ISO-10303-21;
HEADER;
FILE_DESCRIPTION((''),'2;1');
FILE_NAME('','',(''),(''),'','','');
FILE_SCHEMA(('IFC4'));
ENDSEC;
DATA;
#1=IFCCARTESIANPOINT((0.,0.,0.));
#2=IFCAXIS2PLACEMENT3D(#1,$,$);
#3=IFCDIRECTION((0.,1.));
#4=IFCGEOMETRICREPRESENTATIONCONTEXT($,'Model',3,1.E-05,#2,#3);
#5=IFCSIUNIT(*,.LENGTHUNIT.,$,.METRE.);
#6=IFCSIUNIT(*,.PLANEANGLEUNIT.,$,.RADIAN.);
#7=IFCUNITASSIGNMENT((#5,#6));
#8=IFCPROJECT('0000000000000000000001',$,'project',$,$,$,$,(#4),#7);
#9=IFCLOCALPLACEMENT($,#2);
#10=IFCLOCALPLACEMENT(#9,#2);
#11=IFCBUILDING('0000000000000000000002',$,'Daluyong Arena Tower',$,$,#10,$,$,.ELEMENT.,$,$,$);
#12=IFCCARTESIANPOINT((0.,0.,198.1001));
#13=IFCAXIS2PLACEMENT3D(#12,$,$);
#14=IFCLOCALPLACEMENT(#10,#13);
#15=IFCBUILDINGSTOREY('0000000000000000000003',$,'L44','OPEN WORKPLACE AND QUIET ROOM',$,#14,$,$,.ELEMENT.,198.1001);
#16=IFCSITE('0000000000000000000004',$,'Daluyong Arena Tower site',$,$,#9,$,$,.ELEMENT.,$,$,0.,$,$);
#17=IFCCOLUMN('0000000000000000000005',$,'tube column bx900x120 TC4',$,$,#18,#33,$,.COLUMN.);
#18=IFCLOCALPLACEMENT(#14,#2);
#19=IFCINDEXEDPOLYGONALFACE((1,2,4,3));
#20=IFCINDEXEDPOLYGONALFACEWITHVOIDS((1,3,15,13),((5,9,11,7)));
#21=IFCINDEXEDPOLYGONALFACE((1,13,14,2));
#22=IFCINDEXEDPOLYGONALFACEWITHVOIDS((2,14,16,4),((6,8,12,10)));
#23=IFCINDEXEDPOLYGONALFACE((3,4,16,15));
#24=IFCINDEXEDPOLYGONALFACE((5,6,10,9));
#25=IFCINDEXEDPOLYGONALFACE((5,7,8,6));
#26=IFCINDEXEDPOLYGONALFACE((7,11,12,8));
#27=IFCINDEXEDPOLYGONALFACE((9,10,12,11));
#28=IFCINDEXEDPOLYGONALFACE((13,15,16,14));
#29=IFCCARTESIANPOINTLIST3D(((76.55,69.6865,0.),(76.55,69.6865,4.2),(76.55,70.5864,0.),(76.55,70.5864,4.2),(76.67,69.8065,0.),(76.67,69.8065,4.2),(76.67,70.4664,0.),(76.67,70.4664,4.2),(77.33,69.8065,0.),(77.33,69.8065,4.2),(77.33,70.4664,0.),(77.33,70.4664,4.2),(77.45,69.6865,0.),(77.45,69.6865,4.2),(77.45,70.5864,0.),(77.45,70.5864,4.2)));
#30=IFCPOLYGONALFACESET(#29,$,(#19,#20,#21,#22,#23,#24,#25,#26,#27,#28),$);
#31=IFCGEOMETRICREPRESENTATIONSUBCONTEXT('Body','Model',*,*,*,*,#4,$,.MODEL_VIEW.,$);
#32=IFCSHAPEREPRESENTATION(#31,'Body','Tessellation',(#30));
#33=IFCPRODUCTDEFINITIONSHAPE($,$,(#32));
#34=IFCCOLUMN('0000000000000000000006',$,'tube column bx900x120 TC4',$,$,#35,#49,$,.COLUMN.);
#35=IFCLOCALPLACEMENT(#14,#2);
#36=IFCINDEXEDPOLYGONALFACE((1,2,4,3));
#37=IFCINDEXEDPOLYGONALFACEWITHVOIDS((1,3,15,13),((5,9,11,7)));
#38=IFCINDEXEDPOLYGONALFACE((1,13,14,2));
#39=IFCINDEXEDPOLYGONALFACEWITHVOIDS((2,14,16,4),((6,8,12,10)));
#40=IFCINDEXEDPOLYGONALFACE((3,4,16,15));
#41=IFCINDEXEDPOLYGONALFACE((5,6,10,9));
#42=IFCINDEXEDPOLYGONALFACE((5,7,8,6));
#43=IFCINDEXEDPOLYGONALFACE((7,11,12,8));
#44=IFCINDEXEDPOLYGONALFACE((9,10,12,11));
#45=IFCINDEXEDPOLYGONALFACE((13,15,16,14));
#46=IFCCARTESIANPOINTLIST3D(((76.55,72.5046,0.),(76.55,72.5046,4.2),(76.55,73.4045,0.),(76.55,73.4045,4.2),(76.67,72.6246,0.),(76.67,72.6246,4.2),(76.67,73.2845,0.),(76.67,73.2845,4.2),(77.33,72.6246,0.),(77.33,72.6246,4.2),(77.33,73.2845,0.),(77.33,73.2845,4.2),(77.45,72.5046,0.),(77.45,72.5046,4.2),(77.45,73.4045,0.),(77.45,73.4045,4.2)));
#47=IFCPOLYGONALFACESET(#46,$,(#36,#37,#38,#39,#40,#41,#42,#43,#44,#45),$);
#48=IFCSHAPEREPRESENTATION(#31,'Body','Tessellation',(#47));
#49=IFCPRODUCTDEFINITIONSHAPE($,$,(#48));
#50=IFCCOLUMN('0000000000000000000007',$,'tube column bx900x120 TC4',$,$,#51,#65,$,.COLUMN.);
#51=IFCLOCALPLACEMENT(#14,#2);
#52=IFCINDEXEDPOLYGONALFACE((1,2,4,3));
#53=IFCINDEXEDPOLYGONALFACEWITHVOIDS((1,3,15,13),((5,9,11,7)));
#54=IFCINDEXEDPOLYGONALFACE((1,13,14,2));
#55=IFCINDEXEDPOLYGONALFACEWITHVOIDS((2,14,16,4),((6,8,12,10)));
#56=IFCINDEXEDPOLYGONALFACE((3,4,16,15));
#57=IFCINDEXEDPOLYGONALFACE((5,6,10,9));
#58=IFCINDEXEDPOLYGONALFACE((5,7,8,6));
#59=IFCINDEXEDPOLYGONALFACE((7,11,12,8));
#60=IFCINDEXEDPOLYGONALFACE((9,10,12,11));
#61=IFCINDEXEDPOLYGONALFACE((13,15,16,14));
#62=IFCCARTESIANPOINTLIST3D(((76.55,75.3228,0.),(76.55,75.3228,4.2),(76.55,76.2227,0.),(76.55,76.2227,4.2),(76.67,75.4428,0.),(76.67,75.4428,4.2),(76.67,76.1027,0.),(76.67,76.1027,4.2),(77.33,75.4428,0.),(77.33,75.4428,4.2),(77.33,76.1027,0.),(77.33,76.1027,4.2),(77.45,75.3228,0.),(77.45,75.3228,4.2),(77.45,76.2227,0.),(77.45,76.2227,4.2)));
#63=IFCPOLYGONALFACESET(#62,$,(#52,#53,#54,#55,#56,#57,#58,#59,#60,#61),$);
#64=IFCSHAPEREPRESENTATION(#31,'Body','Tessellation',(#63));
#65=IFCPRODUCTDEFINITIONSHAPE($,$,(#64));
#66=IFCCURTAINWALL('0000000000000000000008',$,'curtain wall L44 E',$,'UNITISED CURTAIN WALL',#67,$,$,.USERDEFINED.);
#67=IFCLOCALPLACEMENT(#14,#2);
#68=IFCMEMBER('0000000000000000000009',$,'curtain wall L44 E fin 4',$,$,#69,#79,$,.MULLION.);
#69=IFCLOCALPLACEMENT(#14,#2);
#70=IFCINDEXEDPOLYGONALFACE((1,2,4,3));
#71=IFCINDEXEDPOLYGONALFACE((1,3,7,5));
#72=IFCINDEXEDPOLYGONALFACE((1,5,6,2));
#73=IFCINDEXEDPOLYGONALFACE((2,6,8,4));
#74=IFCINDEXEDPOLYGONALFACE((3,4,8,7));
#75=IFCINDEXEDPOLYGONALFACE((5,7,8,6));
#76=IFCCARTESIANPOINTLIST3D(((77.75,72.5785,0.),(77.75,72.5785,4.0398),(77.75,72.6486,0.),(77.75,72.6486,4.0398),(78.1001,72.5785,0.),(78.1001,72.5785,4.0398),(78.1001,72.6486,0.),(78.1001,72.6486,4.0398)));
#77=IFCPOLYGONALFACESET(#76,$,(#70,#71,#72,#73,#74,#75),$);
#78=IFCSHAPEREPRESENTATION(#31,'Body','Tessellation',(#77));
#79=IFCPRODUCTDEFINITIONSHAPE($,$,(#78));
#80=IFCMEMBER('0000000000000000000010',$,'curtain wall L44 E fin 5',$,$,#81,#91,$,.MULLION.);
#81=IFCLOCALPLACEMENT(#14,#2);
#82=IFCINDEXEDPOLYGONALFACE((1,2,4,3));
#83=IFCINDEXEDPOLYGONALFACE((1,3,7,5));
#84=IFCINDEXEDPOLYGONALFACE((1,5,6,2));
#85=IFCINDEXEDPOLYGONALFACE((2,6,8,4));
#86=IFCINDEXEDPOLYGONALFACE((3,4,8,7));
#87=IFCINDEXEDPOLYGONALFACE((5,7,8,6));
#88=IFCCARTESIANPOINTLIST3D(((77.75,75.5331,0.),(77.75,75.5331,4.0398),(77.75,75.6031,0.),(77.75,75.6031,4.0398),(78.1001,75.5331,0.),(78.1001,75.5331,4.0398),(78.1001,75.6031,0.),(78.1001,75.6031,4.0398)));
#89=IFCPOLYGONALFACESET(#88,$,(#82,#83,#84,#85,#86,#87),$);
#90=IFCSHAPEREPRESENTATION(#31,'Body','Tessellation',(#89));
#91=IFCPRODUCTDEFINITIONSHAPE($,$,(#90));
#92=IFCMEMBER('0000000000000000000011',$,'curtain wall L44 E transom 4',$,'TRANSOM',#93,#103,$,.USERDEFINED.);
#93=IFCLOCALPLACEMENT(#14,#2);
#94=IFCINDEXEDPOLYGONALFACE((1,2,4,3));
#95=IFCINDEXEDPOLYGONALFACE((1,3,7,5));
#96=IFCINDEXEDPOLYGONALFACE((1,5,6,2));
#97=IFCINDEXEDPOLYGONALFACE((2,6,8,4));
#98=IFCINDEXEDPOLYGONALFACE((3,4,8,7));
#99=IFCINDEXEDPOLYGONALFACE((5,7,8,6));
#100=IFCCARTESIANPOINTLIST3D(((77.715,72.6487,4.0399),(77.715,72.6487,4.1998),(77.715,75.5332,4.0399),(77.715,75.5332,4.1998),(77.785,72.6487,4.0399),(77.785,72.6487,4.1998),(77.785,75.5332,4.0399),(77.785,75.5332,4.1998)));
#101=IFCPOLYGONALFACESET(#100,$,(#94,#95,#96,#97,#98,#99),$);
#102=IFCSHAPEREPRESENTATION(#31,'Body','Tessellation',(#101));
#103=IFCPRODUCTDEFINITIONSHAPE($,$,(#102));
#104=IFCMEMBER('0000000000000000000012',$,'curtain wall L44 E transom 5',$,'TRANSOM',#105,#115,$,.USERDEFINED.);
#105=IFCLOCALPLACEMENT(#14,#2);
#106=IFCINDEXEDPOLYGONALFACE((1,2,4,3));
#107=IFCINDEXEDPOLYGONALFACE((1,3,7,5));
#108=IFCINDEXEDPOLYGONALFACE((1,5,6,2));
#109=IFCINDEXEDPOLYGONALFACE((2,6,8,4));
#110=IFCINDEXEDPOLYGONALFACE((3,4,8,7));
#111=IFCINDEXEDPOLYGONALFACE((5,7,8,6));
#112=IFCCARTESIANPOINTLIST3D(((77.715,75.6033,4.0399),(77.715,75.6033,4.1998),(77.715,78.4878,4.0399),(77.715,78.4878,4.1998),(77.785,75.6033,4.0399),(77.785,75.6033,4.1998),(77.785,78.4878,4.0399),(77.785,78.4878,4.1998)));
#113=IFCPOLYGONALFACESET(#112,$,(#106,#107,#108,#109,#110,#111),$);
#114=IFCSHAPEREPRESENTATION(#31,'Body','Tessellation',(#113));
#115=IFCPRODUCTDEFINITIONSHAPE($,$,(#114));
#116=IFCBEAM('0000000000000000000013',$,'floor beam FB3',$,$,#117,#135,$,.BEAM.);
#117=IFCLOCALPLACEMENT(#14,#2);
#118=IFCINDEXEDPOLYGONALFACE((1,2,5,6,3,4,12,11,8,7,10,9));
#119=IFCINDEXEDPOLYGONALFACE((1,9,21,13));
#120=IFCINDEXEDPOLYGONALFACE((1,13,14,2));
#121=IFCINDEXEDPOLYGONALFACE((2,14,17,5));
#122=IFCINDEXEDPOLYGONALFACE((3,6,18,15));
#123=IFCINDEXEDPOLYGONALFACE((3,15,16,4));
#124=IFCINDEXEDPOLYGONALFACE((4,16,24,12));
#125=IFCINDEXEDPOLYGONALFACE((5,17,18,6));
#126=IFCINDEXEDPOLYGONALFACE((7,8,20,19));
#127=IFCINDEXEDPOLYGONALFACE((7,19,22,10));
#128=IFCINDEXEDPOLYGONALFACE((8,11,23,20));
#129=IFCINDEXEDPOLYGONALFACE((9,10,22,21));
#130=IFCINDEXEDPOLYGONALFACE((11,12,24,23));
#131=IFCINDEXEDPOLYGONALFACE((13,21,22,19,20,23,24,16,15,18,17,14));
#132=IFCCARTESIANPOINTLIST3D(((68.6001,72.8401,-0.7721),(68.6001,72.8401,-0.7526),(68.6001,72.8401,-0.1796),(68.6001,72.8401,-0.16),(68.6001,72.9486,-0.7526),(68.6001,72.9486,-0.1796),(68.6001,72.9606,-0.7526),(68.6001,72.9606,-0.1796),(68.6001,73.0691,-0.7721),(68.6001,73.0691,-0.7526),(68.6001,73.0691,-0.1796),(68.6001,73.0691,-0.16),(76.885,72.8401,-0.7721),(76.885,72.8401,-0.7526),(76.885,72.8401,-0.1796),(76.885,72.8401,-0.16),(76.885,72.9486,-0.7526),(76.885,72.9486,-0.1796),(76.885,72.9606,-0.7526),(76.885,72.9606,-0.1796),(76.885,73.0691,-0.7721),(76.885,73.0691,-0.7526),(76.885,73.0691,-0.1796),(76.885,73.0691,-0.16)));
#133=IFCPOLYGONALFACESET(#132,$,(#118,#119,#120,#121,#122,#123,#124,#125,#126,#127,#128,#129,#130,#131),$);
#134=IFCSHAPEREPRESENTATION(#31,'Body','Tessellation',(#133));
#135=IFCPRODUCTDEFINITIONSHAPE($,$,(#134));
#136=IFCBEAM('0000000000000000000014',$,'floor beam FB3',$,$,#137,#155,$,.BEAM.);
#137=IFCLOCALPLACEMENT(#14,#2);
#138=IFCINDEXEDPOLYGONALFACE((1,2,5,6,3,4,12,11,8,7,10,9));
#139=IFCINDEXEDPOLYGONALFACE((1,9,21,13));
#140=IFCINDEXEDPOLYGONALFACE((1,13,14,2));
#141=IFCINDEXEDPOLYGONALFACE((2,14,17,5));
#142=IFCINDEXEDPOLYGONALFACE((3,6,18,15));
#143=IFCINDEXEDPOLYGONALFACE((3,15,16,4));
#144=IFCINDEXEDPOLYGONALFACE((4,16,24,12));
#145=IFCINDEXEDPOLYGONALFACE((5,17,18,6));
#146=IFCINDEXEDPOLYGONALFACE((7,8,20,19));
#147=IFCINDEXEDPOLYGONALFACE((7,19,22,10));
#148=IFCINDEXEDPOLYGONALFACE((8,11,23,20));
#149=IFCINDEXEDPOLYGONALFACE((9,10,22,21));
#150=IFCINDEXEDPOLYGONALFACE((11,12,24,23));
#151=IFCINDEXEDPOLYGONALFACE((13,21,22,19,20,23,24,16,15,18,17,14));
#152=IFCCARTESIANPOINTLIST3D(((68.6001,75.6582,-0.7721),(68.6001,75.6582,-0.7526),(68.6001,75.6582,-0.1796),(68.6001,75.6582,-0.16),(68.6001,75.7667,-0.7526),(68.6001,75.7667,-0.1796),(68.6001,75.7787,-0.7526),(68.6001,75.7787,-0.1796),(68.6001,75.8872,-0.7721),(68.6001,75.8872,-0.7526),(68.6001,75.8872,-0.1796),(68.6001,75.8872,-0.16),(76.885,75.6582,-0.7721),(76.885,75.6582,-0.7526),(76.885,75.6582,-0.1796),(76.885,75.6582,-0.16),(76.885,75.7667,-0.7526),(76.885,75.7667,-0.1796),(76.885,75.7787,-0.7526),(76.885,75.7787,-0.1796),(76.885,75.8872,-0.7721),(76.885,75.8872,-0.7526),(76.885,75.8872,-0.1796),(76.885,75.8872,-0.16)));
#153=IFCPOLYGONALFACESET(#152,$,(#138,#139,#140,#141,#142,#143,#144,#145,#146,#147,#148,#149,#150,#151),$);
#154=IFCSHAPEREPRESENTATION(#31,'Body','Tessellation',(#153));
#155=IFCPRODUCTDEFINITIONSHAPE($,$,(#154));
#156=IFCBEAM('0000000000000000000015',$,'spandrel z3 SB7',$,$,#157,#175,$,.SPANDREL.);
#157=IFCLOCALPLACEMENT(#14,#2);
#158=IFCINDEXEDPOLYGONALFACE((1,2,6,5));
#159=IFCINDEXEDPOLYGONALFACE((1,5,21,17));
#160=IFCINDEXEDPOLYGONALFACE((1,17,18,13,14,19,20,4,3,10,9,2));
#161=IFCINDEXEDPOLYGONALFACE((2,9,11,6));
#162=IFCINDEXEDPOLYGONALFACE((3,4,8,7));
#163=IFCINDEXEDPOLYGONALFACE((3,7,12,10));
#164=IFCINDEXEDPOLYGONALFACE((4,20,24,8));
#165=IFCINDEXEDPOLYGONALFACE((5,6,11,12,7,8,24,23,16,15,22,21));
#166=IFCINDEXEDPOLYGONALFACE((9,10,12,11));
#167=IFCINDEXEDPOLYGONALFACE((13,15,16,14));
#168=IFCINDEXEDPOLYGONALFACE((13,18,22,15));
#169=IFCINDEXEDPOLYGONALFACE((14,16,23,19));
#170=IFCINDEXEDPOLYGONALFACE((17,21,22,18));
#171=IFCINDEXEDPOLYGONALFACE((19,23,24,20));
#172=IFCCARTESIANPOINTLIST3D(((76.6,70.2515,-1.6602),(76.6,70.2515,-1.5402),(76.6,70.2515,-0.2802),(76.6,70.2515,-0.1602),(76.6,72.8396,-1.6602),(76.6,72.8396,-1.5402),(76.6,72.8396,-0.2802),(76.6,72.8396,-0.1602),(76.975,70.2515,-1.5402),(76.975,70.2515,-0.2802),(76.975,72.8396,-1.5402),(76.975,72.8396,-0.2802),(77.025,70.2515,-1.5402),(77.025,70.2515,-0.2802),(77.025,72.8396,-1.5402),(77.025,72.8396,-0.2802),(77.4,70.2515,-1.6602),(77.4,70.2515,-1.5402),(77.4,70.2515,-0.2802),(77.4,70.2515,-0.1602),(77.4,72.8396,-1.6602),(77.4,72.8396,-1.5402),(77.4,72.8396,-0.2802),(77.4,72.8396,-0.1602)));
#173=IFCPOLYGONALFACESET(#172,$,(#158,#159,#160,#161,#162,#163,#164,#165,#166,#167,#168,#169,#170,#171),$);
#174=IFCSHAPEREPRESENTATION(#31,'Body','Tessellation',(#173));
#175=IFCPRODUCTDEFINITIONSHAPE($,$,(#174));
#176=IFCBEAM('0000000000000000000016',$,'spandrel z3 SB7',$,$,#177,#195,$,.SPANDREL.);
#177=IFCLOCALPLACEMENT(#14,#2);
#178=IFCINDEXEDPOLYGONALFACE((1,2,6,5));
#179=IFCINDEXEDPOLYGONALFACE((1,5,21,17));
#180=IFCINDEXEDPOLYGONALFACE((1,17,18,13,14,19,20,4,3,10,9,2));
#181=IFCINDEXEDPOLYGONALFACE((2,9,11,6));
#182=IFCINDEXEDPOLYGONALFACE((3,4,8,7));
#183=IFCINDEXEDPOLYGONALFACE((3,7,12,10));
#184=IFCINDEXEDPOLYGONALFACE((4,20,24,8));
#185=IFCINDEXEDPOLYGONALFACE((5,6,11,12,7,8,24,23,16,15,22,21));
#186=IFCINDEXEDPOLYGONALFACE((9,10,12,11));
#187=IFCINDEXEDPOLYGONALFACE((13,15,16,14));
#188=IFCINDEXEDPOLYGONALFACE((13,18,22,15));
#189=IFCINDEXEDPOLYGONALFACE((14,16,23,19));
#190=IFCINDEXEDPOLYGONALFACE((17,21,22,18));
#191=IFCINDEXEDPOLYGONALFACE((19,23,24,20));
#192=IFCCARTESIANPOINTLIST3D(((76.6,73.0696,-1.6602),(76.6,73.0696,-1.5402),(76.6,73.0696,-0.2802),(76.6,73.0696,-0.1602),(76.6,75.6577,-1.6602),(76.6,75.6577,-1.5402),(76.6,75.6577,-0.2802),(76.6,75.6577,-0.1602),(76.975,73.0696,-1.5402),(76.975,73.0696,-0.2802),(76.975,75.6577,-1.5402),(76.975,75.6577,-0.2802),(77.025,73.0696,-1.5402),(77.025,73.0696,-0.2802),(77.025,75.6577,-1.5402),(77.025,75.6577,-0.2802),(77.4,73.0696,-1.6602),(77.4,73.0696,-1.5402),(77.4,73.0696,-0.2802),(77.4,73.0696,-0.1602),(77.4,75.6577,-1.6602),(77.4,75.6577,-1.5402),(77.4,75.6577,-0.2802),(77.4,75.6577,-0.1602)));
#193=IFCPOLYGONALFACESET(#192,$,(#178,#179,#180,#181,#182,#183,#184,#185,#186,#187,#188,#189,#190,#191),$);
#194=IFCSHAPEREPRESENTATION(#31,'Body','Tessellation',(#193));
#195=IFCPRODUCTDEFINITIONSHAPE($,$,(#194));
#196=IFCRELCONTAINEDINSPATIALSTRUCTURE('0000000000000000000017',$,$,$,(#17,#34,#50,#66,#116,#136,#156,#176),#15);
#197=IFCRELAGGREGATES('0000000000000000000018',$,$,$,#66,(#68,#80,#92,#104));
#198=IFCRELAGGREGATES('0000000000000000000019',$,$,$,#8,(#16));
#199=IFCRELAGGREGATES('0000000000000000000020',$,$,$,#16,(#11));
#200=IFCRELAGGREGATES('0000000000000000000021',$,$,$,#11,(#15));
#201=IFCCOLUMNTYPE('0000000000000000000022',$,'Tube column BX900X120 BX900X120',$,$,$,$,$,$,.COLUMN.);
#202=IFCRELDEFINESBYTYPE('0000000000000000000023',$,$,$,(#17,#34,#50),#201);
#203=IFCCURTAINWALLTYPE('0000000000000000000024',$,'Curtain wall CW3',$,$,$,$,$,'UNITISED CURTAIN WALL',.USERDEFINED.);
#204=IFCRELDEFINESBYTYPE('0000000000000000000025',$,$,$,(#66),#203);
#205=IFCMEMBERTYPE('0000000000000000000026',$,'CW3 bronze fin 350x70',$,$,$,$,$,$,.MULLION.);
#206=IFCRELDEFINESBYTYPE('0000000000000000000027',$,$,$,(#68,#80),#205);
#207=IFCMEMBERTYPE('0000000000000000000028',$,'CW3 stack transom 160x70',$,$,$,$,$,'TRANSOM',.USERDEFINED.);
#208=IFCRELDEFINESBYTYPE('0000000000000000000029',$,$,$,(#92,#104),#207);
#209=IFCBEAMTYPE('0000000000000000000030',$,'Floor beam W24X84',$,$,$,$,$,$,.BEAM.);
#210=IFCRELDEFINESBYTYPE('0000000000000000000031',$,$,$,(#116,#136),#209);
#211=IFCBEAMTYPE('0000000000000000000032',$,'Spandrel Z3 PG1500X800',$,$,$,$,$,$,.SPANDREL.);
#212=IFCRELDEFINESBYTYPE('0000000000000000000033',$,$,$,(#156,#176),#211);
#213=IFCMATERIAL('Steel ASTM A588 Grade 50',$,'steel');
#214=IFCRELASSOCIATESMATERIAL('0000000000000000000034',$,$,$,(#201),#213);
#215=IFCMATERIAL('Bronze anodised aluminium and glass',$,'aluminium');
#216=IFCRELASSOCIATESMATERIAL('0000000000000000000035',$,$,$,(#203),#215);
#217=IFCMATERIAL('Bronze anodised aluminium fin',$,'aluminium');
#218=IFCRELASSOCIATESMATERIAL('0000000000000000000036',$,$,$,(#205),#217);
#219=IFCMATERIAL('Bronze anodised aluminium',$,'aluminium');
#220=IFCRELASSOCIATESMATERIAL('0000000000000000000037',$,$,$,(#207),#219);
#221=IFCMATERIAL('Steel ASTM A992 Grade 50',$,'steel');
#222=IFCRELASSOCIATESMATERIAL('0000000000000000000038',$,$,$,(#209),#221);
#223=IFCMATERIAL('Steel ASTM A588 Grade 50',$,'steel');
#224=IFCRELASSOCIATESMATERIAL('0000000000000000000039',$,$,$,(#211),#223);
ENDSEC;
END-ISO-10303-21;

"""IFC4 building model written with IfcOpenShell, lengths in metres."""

from ifc_helpers import new_model, si_unit, direction, frame, origin, origin_2d, place, context, subcontext, project, spatial, rectangle, hollow_rectangle, i_section, extrude, material, material_profile, profile_set, type_object, element, aggregate, save


model = new_model("IFC4")

# Units and contexts
model_context = context("Model", 3, precision=1e-05, world=origin(), true_north=direction((0.0, 1.0)))
body_context = subcontext(model_context, "Body", "Model", "MODEL_VIEW")
ifc_project = project(units=[si_unit("LENGTHUNIT", "METRE"), si_unit("PLANEANGLEUNIT", "RADIAN")], contexts=[model_context])

# Site, building, storey
site_placement = place(None, origin())
site = spatial("IfcSite", under=ifc_project, at=site_placement, Name="Daluyong Arena Tower site", CompositionType="ELEMENT", RefElevation=0.0)
building_placement = place(site_placement, origin())
building = spatial("IfcBuilding", under=site, at=building_placement, Name="Daluyong Arena Tower", CompositionType="ELEMENT")
storey_placement = place(building_placement, frame((0.0, 0.0, 198.1001)))
storey = spatial("IfcBuildingStorey", under=building, at=storey_placement, Name="L44", Description="OPEN WORKPLACE AND QUIET ROOM", CompositionType="ELEMENT", Elevation=198.1001)

# Columns
ifc_material_1 = material(Name="Steel ASTM A588 Grade 50", Category="steel")
ifc_material_profile_1 = material_profile(ifc_material_1, hollow_rectangle(XDim=0.8999, YDim=0.8999, WallThickness=0.12, at=origin_2d()))
ifc_profile_set_1 = profile_set([ifc_material_profile_1], Name="Steel ASTM A588 Grade 50")
column_type = type_object("IfcColumnType", Name="Tube column BX900X120 BX900X120", PredefinedType="COLUMN", material=ifc_profile_set_1)
for number, where, z_axis, x_axis, name in (
    (1, (77.0, 70.1365, 0.0), (0.0, 0.0, 1.0), (0.0, 1.0, 0.0), "tube column bx900x120 TC4"),
    (2, (77.0, 72.9546, 0.0), (0.0, 0.0, 1.0), (0.0, 1.0, 0.0), "tube column bx900x120 TC4"),
    (3, (77.0, 75.7727, 0.0), (0.0, 0.0, 1.0), (0.0, 1.0, 0.0), "tube column bx900x120 TC4"),
):
    element("IfcColumn", number, at=place(storey_placement, frame(where, z_axis=z_axis, x_axis=x_axis)), inside=storey, type_object=column_type, Name=name, PredefinedType="COLUMN", context=body_context, shape_type="SweptSolid", body=[
        extrude(hollow_rectangle(XDim=0.8999, YDim=0.8999, WallThickness=0.12, at=origin_2d()), origin(), (0.0, 0.0, 1.0), 4.2),
    ])

# Curtain wall, members
ifc_material_2 = material(Name="Bronze anodised aluminium and glass", Category="aluminium")
curtain_wall_type = type_object("IfcCurtainWallType", Name="Curtain wall CW3", ElementType="UNITISED CURTAIN WALL", PredefinedType="USERDEFINED", material=ifc_material_2)
curtain_wall_placement = place(storey_placement, origin())
curtain_wall = element("IfcCurtainWall", 4, at=curtain_wall_placement, inside=storey, type_object=curtain_wall_type, Name="curtain wall L44 E", ObjectType="UNITISED CURTAIN WALL", PredefinedType="USERDEFINED")
ifc_material_3 = material(Name="Bronze anodised aluminium fin", Category="aluminium")
ifc_material_profile_2 = material_profile(ifc_material_3, rectangle(XDim=0.3501, YDim=0.0701, at=origin_2d()))
ifc_profile_set_2 = profile_set([ifc_material_profile_2], Name="Bronze anodised aluminium fin")
member_type_1 = type_object("IfcMemberType", Name="CW3 bronze fin 350x70", PredefinedType="MULLION", material=ifc_profile_set_2)
member_1_placement = place(storey_placement, frame((77.925, 72.6135, 0.0), z_axis=(0.0, 0.0, 1.0), x_axis=(-1.0, 0.0, 0.0)))
member_1 = element("IfcMember", 5, at=member_1_placement, type_object=member_type_1, Name="curtain wall L44 E fin 4", PredefinedType="MULLION", context=body_context, shape_type="SweptSolid", body=[
    extrude(rectangle(XDim=0.3501, YDim=0.0701, at=origin_2d()), origin(), (0.0, 0.0, 1.0), 4.0398),
])
member_2_placement = place(storey_placement, frame((77.925, 75.5681, 0.0), z_axis=(0.0, 0.0, 1.0), x_axis=(-1.0, 0.0, 0.0)))
member_2 = element("IfcMember", 6, at=member_2_placement, type_object=member_type_1, Name="curtain wall L44 E fin 5", PredefinedType="MULLION", context=body_context, shape_type="SweptSolid", body=[
    extrude(rectangle(XDim=0.3501, YDim=0.0701, at=origin_2d()), origin(), (0.0, 0.0, 1.0), 4.0398),
])
ifc_material_4 = material(Name="Bronze anodised aluminium", Category="aluminium")
ifc_material_profile_3 = material_profile(ifc_material_4, rectangle(XDim=0.0701, YDim=0.1599, at=origin_2d()))
ifc_profile_set_3 = profile_set([ifc_material_profile_3], Name="Bronze anodised aluminium")
member_type_2 = type_object("IfcMemberType", Name="CW3 stack transom 160x70", ElementType="TRANSOM", PredefinedType="USERDEFINED", material=ifc_profile_set_3)
member_3_placement = place(storey_placement, frame((77.75, 72.6487, 4.1199), z_axis=(0.0, 1.0, 0.0), x_axis=(-1.0, 0.0, 0.0)))
member_3 = element("IfcMember", 7, at=member_3_placement, type_object=member_type_2, Name="curtain wall L44 E transom 4", ObjectType="TRANSOM", PredefinedType="USERDEFINED", context=body_context, shape_type="SweptSolid", body=[
    extrude(rectangle(XDim=0.0701, YDim=0.1599, at=origin_2d()), origin(), (0.0, 0.0, 1.0), 2.8845),
])
member_4_placement = place(storey_placement, frame((77.75, 75.6033, 4.1199), z_axis=(0.0, 1.0, 0.0), x_axis=(-1.0, 0.0, 0.0)))
member_4 = element("IfcMember", 8, at=member_4_placement, type_object=member_type_2, Name="curtain wall L44 E transom 5", ObjectType="TRANSOM", PredefinedType="USERDEFINED", context=body_context, shape_type="SweptSolid", body=[
    extrude(rectangle(XDim=0.0701, YDim=0.1599, at=origin_2d()), origin(), (0.0, 0.0, 1.0), 2.8845),
])

# Beams
ifc_material_5 = material(Name="Steel ASTM A992 Grade 50", Category="steel")
ifc_material_profile_4 = material_profile(ifc_material_5, i_section(OverallWidth=0.229, OverallDepth=0.6121, WebThickness=0.012, FlangeThickness=0.0195, at=origin_2d()))
ifc_profile_set_4 = profile_set([ifc_material_profile_4], Name="Steel ASTM A992 Grade 50")
beam_type_1 = type_object("IfcBeamType", Name="Floor beam W24X84", PredefinedType="BEAM", material=ifc_profile_set_4)
for number, where, z_axis, x_axis, name in (
    (9, (76.885, 72.9546, -0.4661), (-1.0, 0.0, 0.0), (0.0, -1.0, 0.0), "floor beam FB3"),
    (10, (76.885, 75.7727, -0.4661), (-1.0, 0.0, 0.0), (0.0, -1.0, 0.0), "floor beam FB3"),
):
    element("IfcBeam", number, at=place(storey_placement, frame(where, z_axis=z_axis, x_axis=x_axis)), inside=storey, type_object=beam_type_1, Name=name, PredefinedType="BEAM", context=body_context, shape_type="SweptSolid", body=[
        extrude(i_section(OverallWidth=0.229, OverallDepth=0.6121, WebThickness=0.012, FlangeThickness=0.0195, at=origin_2d()), origin(), (0.0, 0.0, 1.0), 8.2849),
    ])
ifc_material_6 = material(Name="Steel ASTM A588 Grade 50", Category="steel")
ifc_material_profile_5 = material_profile(ifc_material_6, i_section(OverallWidth=0.8, OverallDepth=1.5, WebThickness=0.05, FlangeThickness=0.12, at=origin_2d()))
ifc_profile_set_5 = profile_set([ifc_material_profile_5], Name="Steel ASTM A588 Grade 50")
beam_type_2 = type_object("IfcBeamType", Name="Spandrel Z3 PG1500X800", PredefinedType="SPANDREL", material=ifc_profile_set_5)
for number, where, z_axis, x_axis, name in (
    (11, (77.0, 70.2515, -0.9102), (0.0, 1.0, 0.0), (-1.0, 0.0, 0.0), "spandrel z3 SB7"),
    (12, (77.0, 73.0696, -0.9102), (0.0, 1.0, 0.0), (-1.0, 0.0, 0.0), "spandrel z3 SB7"),
):
    element("IfcBeam", number, at=place(storey_placement, frame(where, z_axis=z_axis, x_axis=x_axis)), inside=storey, type_object=beam_type_2, Name=name, PredefinedType="SPANDREL", context=body_context, shape_type="SweptSolid", body=[
        extrude(i_section(OverallWidth=0.8, OverallDepth=1.5, WebThickness=0.05, FlangeThickness=0.12, at=origin_2d()), origin(), (0.0, 0.0, 1.0), 2.5881),
    ])

aggregate(curtain_wall, [member_1, member_2, member_3, member_4])

save(model, "model.ifc")
